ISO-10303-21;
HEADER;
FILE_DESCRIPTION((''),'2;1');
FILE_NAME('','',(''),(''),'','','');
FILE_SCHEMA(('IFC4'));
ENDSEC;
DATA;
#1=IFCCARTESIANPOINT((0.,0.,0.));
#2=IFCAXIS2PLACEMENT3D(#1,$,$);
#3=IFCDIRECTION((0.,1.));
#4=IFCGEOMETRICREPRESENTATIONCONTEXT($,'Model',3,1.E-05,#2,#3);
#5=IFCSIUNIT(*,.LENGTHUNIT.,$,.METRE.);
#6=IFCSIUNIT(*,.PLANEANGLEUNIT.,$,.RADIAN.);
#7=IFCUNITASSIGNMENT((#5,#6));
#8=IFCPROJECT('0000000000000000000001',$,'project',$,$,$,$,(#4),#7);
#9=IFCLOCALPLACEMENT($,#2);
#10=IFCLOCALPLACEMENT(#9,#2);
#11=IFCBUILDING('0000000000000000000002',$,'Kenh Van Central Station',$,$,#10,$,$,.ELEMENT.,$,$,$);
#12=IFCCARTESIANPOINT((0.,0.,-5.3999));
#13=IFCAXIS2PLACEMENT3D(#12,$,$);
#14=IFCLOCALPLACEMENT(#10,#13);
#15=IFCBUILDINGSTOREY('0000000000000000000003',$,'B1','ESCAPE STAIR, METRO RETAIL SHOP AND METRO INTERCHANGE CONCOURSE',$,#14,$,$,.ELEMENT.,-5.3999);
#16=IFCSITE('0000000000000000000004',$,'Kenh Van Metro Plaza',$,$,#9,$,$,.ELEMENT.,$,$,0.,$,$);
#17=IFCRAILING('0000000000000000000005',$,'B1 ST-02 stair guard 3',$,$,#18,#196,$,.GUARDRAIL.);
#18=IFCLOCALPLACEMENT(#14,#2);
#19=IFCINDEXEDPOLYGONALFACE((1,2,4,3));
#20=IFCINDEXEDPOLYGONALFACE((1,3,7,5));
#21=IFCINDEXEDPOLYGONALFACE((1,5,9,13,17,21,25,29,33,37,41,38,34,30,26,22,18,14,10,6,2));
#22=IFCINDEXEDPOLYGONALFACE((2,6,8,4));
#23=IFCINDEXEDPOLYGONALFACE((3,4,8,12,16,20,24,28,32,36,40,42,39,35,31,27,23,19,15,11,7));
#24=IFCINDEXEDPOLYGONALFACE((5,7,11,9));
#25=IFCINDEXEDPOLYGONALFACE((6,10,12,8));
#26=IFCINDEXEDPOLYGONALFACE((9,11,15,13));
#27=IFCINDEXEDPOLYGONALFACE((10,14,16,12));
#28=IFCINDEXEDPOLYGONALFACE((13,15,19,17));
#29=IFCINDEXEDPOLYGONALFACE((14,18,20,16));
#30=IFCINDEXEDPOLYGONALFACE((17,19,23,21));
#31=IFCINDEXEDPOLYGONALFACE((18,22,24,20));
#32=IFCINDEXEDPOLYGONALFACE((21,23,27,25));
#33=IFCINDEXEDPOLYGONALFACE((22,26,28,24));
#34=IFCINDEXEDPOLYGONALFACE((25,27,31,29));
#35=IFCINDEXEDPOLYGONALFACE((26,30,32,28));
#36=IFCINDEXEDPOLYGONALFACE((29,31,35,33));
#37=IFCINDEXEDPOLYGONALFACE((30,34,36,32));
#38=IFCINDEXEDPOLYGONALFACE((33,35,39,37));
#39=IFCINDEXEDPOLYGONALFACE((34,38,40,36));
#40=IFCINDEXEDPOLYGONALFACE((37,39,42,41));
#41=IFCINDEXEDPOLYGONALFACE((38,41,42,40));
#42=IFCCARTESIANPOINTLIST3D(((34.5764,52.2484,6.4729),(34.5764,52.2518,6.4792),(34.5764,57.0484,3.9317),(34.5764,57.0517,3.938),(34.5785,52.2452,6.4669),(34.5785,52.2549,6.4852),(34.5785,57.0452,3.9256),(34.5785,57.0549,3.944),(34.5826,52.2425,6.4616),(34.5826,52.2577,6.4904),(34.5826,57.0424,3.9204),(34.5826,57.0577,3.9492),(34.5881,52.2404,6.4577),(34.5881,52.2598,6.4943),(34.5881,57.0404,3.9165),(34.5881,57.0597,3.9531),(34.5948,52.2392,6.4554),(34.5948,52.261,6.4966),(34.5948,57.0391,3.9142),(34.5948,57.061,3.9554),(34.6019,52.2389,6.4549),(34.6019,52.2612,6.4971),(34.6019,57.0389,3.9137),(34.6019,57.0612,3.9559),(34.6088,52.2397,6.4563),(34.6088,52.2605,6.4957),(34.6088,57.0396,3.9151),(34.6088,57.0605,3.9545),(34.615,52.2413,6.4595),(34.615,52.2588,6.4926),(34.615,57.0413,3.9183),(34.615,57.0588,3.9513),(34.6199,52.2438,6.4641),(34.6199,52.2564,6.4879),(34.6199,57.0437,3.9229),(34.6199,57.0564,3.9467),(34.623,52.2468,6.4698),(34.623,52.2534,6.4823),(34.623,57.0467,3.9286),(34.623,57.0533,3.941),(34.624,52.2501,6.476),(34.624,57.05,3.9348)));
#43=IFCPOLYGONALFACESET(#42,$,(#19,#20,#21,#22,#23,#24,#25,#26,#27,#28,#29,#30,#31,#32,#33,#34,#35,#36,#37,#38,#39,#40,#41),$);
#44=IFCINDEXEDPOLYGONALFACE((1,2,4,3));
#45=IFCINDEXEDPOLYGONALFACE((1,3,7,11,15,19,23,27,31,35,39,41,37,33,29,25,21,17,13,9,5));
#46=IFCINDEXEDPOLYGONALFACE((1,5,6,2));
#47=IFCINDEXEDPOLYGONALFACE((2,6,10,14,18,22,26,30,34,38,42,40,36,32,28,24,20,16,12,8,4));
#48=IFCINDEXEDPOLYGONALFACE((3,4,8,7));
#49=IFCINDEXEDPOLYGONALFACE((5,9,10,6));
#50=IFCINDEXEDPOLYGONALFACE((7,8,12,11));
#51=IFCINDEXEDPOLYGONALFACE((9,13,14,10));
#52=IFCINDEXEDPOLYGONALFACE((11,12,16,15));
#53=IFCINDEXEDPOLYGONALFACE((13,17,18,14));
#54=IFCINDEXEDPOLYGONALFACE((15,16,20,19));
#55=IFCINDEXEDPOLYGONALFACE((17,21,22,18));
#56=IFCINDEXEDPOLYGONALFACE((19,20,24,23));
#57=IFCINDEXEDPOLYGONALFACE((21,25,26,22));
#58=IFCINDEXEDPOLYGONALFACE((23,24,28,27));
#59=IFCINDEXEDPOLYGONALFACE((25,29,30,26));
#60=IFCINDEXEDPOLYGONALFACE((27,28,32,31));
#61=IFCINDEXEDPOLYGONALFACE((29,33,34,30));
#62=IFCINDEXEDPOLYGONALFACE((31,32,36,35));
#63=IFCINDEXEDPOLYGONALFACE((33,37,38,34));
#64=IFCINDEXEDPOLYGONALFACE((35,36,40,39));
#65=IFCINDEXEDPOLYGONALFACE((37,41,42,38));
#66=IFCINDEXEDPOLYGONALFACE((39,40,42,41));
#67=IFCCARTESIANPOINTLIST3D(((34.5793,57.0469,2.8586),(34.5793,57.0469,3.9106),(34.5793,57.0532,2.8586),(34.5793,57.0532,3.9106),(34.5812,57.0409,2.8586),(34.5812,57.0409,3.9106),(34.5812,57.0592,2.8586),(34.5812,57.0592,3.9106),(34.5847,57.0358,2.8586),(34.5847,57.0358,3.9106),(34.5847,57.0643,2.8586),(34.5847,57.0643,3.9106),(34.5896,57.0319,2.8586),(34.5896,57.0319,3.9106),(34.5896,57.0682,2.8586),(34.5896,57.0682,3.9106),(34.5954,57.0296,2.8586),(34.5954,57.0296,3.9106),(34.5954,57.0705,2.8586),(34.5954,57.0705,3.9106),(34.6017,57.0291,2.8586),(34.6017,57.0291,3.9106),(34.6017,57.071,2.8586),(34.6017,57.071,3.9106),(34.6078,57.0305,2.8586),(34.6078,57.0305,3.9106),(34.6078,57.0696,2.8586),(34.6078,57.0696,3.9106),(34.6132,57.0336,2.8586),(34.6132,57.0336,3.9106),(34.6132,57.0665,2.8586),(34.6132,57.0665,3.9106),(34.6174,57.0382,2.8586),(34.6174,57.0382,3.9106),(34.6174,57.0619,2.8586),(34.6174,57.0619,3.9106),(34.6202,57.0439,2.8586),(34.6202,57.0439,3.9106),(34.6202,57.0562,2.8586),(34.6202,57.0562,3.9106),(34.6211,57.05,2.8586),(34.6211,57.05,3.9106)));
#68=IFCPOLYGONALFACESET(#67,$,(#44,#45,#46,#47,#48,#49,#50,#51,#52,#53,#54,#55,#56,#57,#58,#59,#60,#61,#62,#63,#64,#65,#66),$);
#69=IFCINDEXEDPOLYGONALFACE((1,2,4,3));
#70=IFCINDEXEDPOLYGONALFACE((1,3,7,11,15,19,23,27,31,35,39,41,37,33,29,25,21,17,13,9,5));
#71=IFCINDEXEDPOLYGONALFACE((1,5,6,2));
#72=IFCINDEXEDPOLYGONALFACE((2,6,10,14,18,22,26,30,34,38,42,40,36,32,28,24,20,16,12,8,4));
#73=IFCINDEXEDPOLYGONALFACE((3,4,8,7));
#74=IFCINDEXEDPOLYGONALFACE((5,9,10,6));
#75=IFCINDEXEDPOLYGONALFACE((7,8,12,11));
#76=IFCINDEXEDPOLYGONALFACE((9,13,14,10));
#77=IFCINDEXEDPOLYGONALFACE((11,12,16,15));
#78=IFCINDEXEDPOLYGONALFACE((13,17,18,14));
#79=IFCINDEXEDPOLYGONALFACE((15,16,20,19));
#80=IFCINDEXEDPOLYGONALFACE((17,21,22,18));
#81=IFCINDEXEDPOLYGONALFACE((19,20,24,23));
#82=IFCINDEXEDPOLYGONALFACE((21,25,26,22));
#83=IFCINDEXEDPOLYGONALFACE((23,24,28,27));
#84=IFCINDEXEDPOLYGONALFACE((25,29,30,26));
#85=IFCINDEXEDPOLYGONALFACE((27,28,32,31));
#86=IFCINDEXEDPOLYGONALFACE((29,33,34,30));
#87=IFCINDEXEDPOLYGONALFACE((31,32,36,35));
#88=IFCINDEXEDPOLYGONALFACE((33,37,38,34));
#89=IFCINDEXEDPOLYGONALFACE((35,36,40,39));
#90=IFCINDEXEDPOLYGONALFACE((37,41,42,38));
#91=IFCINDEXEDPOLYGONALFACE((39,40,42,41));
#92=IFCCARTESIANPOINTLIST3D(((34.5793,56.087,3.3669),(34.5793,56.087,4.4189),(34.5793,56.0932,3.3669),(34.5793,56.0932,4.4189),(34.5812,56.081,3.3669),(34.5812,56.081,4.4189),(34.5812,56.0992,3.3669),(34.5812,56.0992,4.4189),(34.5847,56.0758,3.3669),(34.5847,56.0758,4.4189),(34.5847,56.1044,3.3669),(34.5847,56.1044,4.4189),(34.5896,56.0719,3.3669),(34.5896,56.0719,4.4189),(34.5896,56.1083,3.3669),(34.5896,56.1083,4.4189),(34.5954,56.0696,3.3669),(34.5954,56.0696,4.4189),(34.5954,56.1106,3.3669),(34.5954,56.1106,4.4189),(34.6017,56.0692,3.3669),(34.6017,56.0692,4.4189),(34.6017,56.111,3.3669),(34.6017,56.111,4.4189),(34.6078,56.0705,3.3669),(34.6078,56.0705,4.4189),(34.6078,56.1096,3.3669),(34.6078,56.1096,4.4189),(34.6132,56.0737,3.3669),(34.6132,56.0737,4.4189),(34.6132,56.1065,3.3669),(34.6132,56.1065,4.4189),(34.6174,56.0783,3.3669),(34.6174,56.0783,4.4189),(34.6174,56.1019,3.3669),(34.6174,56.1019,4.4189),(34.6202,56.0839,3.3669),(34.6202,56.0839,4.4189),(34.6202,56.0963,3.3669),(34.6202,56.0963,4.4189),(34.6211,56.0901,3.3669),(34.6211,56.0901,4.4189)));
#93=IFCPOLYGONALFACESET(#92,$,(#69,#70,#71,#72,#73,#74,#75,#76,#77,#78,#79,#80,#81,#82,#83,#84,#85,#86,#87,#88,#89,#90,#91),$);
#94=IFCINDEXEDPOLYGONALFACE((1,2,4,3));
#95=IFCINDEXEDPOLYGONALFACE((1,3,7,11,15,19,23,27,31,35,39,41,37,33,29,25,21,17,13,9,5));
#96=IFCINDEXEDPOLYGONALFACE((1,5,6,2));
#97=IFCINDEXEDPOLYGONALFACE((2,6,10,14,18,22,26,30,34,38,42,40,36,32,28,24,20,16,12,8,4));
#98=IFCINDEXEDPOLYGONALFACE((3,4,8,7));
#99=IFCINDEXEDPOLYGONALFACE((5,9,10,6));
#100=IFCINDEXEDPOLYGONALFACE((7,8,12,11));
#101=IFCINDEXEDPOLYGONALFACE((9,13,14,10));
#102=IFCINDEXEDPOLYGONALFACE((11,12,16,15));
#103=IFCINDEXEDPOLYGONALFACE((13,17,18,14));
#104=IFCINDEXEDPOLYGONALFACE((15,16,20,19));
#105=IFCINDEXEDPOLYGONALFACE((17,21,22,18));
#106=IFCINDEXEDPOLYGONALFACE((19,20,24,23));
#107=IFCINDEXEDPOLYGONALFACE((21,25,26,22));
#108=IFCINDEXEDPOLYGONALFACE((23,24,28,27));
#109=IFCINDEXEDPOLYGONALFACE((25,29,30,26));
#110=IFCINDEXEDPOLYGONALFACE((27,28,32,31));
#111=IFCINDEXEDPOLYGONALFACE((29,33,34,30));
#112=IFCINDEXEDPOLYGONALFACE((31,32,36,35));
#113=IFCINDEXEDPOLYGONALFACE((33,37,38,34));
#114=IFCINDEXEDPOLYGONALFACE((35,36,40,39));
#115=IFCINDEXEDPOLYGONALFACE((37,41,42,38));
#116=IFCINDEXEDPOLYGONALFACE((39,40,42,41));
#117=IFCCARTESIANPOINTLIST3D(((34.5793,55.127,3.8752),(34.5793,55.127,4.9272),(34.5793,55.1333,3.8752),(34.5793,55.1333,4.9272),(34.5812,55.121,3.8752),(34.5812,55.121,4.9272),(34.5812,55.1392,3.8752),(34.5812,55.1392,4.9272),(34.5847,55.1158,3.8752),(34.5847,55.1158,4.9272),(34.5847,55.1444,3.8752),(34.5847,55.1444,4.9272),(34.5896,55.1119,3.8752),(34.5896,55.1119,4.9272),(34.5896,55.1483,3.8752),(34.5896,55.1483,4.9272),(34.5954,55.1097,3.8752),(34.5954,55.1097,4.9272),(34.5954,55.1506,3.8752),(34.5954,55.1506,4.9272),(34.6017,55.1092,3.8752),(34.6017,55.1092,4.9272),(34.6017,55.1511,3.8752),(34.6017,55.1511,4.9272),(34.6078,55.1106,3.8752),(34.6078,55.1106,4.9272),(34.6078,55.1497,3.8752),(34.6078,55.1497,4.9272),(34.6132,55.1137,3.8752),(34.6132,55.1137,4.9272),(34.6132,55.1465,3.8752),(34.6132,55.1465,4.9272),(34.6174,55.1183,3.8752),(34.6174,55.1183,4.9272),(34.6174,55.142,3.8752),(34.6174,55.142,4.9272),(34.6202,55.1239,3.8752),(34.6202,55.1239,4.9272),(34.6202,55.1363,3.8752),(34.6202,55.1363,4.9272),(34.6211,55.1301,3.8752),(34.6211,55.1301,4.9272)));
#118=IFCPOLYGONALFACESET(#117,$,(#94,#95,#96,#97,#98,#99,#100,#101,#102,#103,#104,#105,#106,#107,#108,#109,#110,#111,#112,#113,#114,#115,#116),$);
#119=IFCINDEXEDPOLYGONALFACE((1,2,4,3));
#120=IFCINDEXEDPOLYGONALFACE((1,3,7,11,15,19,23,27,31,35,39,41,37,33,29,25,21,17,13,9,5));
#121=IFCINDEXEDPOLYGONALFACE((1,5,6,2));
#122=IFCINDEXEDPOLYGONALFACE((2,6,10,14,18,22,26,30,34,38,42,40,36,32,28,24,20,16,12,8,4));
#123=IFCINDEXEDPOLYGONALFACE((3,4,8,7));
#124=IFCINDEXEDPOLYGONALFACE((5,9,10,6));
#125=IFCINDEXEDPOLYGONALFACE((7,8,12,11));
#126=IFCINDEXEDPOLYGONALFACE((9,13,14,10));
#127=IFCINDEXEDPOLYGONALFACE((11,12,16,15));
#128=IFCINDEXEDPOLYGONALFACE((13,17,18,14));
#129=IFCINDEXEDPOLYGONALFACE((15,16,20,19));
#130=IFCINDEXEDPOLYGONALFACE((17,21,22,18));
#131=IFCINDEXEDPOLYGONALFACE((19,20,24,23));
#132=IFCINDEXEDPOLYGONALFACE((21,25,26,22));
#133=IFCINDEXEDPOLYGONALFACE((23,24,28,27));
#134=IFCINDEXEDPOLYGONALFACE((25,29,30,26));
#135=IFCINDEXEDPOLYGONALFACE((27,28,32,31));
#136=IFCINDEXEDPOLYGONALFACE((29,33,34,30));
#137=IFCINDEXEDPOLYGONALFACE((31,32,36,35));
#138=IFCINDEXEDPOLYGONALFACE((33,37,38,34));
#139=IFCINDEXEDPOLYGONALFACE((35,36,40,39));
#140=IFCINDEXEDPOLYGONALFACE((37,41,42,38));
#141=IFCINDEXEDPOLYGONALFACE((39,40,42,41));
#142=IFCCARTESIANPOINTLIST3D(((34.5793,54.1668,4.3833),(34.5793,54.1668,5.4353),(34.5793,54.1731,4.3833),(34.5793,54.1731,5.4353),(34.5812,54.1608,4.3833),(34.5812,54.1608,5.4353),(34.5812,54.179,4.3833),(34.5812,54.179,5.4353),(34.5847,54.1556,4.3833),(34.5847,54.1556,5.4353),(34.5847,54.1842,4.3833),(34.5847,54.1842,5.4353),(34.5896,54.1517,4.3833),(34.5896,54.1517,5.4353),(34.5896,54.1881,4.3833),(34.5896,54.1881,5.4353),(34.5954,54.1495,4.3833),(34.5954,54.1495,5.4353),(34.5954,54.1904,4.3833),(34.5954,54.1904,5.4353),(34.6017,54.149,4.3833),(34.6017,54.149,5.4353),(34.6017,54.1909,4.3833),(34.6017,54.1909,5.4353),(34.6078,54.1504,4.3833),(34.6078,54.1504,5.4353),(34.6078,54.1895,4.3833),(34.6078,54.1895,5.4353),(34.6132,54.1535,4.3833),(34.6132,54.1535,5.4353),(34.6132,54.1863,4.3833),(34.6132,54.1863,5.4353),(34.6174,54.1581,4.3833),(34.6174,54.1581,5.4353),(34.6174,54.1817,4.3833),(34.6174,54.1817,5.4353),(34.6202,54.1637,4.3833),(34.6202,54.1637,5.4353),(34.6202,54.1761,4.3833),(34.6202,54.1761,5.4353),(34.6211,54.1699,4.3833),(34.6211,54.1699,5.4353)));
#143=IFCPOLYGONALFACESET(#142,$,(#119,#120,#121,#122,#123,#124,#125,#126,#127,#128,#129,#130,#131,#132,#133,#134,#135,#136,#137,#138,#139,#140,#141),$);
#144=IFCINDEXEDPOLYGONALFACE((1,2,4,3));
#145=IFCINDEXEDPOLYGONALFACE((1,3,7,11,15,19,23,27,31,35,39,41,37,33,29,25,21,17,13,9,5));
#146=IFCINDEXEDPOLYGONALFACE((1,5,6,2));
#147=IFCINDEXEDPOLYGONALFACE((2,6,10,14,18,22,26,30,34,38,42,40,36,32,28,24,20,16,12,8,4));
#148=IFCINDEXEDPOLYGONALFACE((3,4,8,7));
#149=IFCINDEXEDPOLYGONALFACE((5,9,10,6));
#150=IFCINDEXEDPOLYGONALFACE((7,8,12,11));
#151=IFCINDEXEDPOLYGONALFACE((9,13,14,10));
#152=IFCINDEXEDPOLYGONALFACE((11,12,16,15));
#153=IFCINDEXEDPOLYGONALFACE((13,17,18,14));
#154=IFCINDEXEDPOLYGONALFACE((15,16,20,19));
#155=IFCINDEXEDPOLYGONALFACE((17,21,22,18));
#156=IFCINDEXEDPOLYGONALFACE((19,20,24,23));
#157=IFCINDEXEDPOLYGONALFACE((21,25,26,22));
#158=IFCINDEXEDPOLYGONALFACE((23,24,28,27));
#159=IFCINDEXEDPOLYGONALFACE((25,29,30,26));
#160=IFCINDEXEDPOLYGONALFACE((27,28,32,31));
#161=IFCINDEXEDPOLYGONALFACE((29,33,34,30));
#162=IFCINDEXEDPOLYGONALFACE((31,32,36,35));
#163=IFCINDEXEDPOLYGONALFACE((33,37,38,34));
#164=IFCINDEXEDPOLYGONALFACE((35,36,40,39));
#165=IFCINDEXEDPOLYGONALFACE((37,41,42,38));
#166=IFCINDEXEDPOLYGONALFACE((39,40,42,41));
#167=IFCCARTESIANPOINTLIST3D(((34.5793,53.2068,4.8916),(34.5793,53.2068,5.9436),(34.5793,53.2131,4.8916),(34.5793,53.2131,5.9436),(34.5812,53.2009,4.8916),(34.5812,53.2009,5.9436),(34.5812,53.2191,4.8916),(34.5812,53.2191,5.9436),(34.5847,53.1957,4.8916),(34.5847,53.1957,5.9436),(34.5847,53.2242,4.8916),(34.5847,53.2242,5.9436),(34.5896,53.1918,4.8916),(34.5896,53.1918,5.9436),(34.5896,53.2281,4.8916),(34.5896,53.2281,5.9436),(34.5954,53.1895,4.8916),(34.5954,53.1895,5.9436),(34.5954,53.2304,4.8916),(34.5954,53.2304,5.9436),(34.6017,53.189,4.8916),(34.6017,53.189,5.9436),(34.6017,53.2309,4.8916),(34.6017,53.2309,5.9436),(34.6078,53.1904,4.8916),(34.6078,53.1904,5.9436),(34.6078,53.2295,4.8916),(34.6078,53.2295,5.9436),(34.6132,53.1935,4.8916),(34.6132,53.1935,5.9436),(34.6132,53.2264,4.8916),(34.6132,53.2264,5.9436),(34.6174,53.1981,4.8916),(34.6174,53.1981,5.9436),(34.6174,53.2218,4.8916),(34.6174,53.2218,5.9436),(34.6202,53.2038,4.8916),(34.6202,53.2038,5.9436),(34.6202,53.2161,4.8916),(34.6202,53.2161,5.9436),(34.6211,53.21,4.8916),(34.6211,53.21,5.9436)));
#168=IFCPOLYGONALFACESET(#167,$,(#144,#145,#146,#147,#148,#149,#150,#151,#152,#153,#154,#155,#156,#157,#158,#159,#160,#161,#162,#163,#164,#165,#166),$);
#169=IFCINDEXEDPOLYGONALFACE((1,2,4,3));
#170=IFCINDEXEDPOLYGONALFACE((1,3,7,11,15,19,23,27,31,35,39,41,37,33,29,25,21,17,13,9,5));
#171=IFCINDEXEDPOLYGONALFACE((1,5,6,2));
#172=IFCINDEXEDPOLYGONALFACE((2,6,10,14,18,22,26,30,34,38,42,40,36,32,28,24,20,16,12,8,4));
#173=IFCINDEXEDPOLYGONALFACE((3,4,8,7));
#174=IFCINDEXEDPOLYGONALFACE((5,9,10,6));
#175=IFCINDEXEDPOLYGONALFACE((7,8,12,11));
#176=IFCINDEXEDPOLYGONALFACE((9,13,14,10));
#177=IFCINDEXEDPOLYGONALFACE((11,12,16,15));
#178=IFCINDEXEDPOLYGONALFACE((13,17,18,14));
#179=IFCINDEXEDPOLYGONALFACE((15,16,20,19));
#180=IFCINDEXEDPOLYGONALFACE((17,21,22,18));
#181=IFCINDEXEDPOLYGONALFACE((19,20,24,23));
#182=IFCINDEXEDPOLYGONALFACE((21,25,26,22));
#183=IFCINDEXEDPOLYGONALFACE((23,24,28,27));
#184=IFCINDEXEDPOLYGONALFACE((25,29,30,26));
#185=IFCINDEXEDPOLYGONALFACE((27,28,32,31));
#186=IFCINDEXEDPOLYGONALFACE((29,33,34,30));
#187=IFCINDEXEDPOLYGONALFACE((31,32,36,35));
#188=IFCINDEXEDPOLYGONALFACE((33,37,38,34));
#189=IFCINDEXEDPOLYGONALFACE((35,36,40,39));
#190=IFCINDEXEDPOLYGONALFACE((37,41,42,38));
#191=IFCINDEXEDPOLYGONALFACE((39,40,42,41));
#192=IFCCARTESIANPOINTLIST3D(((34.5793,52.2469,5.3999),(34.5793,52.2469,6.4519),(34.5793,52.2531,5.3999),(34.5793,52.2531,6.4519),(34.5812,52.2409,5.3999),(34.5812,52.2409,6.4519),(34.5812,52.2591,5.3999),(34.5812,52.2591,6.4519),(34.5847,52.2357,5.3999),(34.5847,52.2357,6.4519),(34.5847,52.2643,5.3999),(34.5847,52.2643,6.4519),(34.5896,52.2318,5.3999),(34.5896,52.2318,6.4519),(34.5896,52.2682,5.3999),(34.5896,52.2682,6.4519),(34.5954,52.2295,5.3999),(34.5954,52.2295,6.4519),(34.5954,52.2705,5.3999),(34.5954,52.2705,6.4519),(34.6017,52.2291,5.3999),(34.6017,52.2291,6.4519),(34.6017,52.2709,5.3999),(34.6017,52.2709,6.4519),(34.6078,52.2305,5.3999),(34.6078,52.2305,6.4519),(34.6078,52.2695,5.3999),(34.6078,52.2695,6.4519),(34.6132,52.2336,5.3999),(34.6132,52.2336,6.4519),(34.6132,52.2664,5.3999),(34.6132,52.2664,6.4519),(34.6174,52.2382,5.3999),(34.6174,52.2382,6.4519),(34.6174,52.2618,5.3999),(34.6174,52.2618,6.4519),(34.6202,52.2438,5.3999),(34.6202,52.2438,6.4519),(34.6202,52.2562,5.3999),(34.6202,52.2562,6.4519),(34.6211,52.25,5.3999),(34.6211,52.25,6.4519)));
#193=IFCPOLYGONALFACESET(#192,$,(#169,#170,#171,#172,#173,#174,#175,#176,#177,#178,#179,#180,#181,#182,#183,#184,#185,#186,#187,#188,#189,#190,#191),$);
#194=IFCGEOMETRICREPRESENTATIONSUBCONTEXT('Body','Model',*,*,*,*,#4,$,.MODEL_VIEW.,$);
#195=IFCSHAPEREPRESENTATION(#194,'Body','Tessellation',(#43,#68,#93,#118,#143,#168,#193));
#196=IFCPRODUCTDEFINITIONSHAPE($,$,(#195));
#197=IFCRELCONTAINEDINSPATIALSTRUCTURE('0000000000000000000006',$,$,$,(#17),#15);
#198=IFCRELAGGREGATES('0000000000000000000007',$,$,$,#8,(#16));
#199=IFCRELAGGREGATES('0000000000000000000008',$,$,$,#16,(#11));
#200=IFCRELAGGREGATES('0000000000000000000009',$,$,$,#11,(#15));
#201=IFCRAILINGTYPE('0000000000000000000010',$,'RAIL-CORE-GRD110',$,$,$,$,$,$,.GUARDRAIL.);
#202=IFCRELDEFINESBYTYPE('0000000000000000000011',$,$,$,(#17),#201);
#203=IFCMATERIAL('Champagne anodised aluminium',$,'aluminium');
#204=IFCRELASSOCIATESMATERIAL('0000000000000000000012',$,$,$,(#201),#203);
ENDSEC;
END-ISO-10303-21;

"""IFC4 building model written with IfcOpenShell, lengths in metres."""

from ifc_helpers import new_model, si_unit, direction, frame, origin, origin_2d, place, context, subcontext, project, spatial, circle, extrude, material, type_object, element, save


model = new_model("IFC4")

# Units and contexts
model_context = context("Model", 3, precision=1e-05, world=origin(), true_north=direction((0.0, 1.0)))
body_context = subcontext(model_context, "Body", "Model", "MODEL_VIEW")
ifc_project = project(units=[si_unit("LENGTHUNIT", "METRE"), si_unit("PLANEANGLEUNIT", "RADIAN")], contexts=[model_context])

# Site, building, storey
site_placement = place(None, origin())
site = spatial("IfcSite", under=ifc_project, at=site_placement, Name="Kenh Van Metro Plaza", CompositionType="ELEMENT", RefElevation=0.0)
building_placement = place(site_placement, origin())
building = spatial("IfcBuilding", under=site, at=building_placement, Name="Kenh Van Central Station", CompositionType="ELEMENT")
storey_placement = place(building_placement, frame((0.0, 0.0, -5.3999)))
storey = spatial("IfcBuildingStorey", under=building, at=storey_placement, Name="B1", Description="ESCAPE STAIR, METRO RETAIL SHOP AND METRO INTERCHANGE CONCOURSE", CompositionType="ELEMENT", Elevation=-5.3999)

# Shared definitions
ifc_material_1 = material(Name="Champagne anodised aluminium", Category="aluminium")

# Railing
railing_type_1 = type_object("IfcRailingType", Name="RAIL-CORE-GRD110", PredefinedType="GUARDRAIL", material=ifc_material_1)
railing_1_placement = place(storey_placement, frame((34.6001, 57.05, 2.8586)))
element("IfcRailing", 1, at=railing_1_placement, inside=storey, type_object=railing_type_1, Name="B1 ST-02 stair guard 3", PredefinedType="GUARDRAIL", context=body_context, shape_type="SweptSolid", body=[
    extrude(circle(Radius=0.0239, at=origin_2d()), frame((0.0, 0.0, 1.0762), z_axis=(0.0, -0.883784, 0.467896), x_axis=(1.0, 0.0, 0.0)), (0.0, 0.0, 1.0), 5.4312),
    extrude(circle(Radius=0.021, at=origin_2d()), origin(), (0.0, 0.0, 1.0), 1.052),
    extrude(circle(Radius=0.021, at=origin_2d()), frame((0.0, -0.96, 0.5083)), (0.0, 0.0, 1.0), 1.052),
    extrude(circle(Radius=0.021, at=origin_2d()), frame((0.0, -1.9199, 1.0166)), (0.0, 0.0, 1.0), 1.052),
    extrude(circle(Radius=0.021, at=origin_2d()), frame((0.0, -2.8801, 1.5247)), (0.0, 0.0, 1.0), 1.052),
    extrude(circle(Radius=0.021, at=origin_2d()), frame((0.0, -3.8401, 2.033)), (0.0, 0.0, 1.0), 1.052),
    extrude(circle(Radius=0.021, at=origin_2d()), frame((0.0, -4.8, 2.5413)), (0.0, 0.0, 1.0), 1.052),
])

save(model, "model.ifc")
